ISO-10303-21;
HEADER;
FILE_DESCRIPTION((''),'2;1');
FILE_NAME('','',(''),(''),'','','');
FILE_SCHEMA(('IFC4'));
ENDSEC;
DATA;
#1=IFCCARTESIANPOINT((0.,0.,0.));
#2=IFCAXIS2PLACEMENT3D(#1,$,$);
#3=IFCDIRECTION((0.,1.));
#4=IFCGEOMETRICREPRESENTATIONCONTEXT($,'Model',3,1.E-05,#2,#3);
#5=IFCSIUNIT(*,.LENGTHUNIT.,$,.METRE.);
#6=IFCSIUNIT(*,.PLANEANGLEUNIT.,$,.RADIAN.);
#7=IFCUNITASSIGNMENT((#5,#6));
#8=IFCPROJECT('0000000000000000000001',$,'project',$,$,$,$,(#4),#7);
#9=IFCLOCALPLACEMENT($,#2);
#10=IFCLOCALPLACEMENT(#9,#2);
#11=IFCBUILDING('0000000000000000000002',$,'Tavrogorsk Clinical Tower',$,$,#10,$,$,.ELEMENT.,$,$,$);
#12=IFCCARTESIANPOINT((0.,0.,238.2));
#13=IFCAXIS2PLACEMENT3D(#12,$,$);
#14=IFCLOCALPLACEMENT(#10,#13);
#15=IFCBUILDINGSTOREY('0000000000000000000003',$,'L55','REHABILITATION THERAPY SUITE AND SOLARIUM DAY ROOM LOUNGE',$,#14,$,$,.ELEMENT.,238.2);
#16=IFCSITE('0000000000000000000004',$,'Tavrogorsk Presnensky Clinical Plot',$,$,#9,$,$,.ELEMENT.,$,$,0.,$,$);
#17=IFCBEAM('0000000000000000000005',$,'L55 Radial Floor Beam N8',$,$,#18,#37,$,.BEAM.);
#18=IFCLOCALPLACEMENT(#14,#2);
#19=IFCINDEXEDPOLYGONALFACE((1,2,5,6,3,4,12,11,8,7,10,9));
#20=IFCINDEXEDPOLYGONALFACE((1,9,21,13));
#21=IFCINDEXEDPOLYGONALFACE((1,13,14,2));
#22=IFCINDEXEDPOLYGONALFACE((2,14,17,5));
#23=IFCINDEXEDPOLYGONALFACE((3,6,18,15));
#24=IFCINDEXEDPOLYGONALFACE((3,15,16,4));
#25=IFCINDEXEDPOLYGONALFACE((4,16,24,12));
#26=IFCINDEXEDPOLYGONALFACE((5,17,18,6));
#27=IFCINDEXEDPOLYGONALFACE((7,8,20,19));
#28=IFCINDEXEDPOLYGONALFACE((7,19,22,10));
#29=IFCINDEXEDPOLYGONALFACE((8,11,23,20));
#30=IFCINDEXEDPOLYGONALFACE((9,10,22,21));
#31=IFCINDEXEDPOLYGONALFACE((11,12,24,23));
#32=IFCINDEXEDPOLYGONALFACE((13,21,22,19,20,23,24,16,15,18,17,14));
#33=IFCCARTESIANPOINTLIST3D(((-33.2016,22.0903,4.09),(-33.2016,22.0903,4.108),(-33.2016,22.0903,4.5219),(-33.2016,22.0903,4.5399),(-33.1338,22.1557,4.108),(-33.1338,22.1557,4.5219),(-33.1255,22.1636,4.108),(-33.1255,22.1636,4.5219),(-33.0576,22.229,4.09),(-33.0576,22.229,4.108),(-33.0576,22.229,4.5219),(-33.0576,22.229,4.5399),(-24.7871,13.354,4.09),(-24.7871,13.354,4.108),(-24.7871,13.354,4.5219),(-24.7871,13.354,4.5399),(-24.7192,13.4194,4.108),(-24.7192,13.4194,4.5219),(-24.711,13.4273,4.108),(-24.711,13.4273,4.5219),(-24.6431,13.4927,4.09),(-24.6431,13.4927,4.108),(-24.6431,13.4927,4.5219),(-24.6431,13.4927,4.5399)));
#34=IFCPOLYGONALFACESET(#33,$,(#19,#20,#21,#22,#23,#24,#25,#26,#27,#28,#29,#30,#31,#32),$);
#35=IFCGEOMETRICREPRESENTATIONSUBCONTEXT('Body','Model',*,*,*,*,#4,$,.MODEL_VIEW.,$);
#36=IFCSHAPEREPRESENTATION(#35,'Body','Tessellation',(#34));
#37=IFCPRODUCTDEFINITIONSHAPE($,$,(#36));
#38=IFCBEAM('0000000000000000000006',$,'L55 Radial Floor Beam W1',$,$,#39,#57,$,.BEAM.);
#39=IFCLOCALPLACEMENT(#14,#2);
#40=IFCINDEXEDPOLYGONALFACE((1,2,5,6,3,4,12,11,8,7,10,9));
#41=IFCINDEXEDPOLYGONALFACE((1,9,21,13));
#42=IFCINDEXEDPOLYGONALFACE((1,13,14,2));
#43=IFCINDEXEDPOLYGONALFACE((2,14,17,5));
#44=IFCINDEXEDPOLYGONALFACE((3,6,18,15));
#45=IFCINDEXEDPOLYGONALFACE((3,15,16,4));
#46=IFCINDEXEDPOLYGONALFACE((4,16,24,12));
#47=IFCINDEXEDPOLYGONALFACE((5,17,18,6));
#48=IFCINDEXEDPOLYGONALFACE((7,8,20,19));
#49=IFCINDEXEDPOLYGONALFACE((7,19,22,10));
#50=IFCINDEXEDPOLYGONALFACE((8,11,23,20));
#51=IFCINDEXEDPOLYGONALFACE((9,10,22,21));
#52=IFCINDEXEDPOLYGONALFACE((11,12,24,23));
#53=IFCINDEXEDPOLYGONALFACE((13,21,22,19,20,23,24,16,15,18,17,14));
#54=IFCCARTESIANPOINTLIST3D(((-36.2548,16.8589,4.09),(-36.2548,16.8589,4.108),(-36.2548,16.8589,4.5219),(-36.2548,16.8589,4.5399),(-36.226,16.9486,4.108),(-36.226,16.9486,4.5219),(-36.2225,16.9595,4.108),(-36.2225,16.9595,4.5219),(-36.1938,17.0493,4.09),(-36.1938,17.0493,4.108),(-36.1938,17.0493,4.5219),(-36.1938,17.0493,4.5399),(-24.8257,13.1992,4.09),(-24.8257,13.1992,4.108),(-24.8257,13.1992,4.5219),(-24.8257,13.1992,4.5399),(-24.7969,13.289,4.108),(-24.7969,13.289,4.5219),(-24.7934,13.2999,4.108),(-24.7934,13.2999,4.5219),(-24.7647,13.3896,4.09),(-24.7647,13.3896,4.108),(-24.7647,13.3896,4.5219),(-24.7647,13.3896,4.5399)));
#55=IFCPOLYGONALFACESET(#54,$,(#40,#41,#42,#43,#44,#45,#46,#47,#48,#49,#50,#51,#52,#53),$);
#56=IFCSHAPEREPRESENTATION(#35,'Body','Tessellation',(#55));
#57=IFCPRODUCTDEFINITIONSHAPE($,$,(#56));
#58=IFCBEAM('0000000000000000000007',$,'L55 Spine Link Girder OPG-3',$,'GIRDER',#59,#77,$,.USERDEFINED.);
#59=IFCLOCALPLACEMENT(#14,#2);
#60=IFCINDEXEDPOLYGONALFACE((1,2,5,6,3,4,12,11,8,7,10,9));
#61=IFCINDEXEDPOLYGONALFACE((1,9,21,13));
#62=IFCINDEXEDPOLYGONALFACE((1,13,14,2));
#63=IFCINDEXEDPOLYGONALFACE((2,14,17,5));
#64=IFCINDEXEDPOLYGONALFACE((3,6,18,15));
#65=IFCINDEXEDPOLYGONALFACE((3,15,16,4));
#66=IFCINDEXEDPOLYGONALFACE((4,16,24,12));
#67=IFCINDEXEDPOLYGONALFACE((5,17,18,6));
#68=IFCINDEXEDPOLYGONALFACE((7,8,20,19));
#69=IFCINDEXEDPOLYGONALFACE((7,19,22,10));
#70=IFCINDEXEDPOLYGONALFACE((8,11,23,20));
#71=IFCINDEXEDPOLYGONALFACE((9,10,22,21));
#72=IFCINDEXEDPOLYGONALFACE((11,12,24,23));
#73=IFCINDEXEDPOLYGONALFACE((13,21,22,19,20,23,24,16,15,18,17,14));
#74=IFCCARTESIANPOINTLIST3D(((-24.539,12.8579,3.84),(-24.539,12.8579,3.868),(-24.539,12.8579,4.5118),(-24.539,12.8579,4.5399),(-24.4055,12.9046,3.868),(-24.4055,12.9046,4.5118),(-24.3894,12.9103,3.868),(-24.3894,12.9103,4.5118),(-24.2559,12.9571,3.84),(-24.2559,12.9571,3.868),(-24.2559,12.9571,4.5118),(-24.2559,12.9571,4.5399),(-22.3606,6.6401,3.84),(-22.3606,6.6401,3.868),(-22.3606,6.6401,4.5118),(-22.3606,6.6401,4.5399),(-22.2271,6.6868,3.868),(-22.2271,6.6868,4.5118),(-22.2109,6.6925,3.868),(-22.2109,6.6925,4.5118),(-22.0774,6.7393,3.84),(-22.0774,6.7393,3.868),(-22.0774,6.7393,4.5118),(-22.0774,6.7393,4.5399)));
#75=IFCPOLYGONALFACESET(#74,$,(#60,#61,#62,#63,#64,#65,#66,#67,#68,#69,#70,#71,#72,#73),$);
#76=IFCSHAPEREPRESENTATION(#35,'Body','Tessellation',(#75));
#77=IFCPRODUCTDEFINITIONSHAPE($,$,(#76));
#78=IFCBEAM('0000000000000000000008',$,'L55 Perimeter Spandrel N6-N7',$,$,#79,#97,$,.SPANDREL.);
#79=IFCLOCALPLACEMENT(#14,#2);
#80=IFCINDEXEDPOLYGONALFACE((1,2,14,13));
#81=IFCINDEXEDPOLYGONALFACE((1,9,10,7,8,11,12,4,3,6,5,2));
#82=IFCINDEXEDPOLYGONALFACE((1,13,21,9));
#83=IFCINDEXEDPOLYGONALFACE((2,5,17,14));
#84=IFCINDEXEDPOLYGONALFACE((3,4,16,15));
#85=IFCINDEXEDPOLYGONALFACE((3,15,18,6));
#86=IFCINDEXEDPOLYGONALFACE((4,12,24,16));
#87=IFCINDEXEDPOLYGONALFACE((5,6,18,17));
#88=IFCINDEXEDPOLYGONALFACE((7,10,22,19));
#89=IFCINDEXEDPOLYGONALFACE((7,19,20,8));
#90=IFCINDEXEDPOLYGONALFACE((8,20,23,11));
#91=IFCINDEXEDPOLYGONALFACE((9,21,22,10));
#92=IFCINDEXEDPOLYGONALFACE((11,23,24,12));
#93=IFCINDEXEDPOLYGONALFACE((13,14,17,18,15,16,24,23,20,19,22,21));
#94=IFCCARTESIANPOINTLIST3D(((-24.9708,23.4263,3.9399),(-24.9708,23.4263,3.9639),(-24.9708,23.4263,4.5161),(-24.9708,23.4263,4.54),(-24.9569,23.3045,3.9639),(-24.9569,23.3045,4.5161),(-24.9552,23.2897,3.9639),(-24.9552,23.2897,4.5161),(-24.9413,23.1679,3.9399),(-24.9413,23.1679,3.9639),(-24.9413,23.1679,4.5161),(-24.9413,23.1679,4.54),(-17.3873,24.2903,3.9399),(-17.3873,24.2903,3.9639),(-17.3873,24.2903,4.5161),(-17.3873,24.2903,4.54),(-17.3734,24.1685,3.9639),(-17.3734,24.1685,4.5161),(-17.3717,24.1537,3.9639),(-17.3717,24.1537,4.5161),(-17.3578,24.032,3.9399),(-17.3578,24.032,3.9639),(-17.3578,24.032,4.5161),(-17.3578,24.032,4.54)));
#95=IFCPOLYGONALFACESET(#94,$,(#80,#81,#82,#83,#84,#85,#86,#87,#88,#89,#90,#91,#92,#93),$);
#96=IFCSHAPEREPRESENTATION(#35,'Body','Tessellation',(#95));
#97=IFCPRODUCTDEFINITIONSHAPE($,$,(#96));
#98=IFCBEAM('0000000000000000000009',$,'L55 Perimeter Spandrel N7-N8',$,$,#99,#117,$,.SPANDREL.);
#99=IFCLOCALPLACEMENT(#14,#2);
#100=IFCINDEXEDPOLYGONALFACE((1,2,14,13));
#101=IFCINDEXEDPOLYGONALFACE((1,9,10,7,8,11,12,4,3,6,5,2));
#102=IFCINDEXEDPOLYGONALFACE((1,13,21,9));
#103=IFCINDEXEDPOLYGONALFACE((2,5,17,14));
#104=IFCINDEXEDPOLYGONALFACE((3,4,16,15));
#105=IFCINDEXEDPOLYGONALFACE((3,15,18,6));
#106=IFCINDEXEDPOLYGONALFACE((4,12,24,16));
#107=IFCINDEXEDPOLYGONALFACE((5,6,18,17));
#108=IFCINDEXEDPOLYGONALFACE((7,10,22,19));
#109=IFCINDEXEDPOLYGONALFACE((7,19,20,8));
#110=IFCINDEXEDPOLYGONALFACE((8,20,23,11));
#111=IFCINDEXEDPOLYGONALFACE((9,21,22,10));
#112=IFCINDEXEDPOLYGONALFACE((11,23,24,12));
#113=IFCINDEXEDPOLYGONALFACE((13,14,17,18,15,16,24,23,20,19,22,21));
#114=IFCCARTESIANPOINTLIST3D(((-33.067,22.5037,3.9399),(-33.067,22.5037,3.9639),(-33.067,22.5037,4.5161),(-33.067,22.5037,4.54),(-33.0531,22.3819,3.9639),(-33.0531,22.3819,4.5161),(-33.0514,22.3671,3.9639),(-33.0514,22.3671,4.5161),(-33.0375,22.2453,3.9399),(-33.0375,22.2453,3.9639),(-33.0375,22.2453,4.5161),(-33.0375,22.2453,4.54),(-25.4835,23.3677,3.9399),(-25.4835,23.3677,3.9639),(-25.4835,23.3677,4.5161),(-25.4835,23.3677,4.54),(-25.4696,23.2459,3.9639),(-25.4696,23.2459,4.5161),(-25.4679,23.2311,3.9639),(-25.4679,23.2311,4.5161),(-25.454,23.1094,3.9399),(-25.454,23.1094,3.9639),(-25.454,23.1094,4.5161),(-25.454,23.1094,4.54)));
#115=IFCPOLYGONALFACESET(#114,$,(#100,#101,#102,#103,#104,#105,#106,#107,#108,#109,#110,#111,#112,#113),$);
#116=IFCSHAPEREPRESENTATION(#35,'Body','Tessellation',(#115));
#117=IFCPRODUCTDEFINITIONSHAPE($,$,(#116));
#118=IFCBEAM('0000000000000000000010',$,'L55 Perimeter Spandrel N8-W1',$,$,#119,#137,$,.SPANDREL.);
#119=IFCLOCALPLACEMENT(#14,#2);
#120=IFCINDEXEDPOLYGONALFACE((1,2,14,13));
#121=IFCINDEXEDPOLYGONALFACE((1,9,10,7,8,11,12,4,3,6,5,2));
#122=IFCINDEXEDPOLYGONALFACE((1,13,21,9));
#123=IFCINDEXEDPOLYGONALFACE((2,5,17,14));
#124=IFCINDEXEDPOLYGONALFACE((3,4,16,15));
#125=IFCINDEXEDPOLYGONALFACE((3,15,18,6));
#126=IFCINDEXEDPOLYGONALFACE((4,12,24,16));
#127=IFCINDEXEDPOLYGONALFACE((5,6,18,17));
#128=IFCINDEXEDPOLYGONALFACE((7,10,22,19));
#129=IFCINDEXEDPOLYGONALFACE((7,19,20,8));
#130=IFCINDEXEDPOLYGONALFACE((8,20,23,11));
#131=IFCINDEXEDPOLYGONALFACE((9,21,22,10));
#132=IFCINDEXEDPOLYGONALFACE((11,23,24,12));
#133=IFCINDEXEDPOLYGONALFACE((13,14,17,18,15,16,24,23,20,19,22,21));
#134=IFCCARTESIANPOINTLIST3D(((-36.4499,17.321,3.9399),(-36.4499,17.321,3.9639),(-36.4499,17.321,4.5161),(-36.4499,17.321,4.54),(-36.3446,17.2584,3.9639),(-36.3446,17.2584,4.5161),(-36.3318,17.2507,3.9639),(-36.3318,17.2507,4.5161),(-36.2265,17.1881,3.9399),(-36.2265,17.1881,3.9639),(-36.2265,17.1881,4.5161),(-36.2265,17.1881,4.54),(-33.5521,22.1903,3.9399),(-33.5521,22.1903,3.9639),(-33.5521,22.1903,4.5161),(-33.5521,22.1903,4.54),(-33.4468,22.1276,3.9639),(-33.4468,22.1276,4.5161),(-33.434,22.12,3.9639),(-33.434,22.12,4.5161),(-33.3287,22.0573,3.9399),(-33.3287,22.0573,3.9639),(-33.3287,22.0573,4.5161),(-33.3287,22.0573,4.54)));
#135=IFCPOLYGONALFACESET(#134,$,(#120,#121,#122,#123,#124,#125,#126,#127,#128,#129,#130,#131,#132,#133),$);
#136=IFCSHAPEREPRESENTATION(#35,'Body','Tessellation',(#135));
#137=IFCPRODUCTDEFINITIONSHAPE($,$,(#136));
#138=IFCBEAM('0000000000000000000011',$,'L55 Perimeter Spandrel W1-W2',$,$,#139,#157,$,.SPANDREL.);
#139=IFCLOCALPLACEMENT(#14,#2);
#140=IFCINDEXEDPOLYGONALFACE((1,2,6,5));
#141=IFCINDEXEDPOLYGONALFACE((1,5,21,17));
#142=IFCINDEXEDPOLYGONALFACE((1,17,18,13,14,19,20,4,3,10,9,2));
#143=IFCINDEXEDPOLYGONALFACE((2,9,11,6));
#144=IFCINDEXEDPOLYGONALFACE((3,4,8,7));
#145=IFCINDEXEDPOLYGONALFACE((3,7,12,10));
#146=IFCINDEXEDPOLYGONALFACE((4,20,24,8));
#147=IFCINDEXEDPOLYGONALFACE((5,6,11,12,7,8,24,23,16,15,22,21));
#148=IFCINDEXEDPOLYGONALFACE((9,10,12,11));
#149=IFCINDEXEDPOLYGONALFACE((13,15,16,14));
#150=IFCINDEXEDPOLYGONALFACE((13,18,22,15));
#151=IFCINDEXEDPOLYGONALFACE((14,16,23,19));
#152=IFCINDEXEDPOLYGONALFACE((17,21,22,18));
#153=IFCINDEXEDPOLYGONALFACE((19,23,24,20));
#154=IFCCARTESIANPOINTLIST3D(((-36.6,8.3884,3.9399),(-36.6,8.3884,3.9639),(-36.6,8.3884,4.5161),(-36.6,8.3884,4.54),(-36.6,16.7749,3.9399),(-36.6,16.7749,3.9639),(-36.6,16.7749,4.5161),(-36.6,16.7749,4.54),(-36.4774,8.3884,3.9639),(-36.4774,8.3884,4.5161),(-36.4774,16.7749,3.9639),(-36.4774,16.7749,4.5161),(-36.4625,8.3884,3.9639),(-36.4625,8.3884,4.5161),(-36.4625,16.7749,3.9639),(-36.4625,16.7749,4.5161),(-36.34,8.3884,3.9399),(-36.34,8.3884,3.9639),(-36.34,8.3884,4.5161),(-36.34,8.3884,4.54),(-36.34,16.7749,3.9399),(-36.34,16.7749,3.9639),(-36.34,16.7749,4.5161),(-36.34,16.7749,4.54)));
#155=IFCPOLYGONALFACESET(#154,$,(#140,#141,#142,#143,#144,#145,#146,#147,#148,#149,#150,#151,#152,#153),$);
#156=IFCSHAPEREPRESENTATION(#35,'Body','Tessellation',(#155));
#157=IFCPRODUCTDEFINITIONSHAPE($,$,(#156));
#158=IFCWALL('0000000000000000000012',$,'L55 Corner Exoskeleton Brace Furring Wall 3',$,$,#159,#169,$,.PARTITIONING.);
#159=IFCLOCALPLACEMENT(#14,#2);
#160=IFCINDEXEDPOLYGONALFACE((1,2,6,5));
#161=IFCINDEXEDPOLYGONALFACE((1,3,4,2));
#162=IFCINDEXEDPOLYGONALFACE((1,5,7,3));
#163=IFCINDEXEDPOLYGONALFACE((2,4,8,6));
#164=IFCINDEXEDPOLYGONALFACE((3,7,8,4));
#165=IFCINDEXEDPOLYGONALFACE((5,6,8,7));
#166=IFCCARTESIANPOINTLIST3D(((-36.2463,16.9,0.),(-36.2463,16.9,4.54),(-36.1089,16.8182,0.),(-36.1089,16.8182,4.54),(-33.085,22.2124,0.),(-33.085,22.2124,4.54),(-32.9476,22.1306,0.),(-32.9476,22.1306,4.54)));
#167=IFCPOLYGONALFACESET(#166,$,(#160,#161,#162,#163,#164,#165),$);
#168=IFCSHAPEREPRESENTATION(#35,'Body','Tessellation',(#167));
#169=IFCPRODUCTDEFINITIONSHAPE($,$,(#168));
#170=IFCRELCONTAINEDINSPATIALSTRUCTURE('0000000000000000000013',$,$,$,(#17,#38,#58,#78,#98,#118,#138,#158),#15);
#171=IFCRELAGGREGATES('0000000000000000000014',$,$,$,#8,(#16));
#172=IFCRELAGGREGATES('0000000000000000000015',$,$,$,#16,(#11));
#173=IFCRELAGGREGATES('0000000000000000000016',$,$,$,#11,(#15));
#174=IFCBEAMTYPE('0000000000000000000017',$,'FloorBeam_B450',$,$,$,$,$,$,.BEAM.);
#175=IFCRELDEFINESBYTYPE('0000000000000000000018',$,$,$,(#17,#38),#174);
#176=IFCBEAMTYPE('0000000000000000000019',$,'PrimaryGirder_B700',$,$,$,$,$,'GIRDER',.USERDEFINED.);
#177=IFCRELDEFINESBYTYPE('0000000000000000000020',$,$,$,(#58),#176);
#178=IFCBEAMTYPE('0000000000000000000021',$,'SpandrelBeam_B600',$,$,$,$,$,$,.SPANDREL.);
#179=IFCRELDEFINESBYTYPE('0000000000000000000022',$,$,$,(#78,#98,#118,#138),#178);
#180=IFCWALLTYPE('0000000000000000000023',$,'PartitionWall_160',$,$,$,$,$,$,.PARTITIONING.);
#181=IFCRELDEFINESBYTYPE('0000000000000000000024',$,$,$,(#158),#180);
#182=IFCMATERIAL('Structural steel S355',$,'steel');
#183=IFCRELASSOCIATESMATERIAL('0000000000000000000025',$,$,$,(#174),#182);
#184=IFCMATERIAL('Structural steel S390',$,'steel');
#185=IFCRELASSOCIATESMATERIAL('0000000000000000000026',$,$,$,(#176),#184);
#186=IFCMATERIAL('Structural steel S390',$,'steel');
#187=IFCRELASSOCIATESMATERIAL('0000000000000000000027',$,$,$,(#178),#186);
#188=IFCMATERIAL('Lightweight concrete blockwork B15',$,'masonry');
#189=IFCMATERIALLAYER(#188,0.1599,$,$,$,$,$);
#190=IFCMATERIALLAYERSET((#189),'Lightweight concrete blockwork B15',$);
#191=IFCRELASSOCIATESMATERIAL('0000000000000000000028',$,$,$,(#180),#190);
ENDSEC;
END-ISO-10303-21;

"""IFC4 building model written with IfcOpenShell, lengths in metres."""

from ifc_helpers import new_model, si_unit, direction, frame, frame_2d, origin, origin_2d, place, context, subcontext, project, spatial, rectangle, i_section, extrude, material, layer, layer_set, material_profile, profile_set, type_object, element, save


model = new_model("IFC4")

# Units and contexts
model_context = context("Model", 3, precision=1e-05, world=origin(), true_north=direction((0.0, 1.0)))
body_context = subcontext(model_context, "Body", "Model", "MODEL_VIEW")
ifc_project = project(units=[si_unit("LENGTHUNIT", "METRE"), si_unit("PLANEANGLEUNIT", "RADIAN")], contexts=[model_context])

# Site, building, storey
site_placement = place(None, origin())
site = spatial("IfcSite", under=ifc_project, at=site_placement, Name="Tavrogorsk Presnensky Clinical Plot", CompositionType="ELEMENT", RefElevation=0.0)
building_placement = place(site_placement, origin())
building = spatial("IfcBuilding", under=site, at=building_placement, Name="Tavrogorsk Clinical Tower", CompositionType="ELEMENT")
storey_placement = place(building_placement, frame((0.0, 0.0, 238.2)))
storey = spatial("IfcBuildingStorey", under=building, at=storey_placement, Name="L55", Description="REHABILITATION THERAPY SUITE AND SOLARIUM DAY ROOM LOUNGE", CompositionType="ELEMENT", Elevation=238.2)

# Beams
ifc_material_1 = material(Name="Structural steel S355", Category="steel")
ifc_material_profile_1 = material_profile(ifc_material_1, i_section(OverallWidth=0.2, OverallDepth=0.45, WebThickness=0.0115, FlangeThickness=0.0181, at=origin_2d()), Name="B-450x200x11.5x18")
ifc_profile_set_1 = profile_set([ifc_material_profile_1], Name="Structural steel S355")
beam_type_1 = type_object("IfcBeamType", Name="FloorBeam_B450", PredefinedType="BEAM", material=ifc_profile_set_1)
beam_1_placement = place(storey_placement, frame((-24.7151, 13.4233, 4.3149), z_axis=(-0.693718, 0.720246, 0.0), x_axis=(-0.720246, -0.693718, 0.0)))
element("IfcBeam", 1, at=beam_1_placement, inside=storey, type_object=beam_type_1, Name="L55 Radial Floor Beam N8", PredefinedType="BEAM", context=body_context, shape_type="SweptSolid", body=[
    extrude(i_section(OverallWidth=0.2, OverallDepth=0.45, WebThickness=0.0115, FlangeThickness=0.0181, at=origin_2d()), origin(), (0.0, 0.0, 1.0), 12.1296),
])
beam_2_placement = place(storey_placement, frame((-24.7952, 13.2944, 4.3149), z_axis=(-0.952368, 0.304951, 0.0), x_axis=(-0.304951, -0.952368, 0.0)))
element("IfcBeam", 2, at=beam_2_placement, inside=storey, type_object=beam_type_1, Name="L55 Radial Floor Beam W1", PredefinedType="BEAM", context=body_context, shape_type="SweptSolid", body=[
    extrude(i_section(OverallWidth=0.2, OverallDepth=0.45, WebThickness=0.0115, FlangeThickness=0.0181, at=origin_2d()), origin(), (0.0, 0.0, 1.0), 12.0007),
])
ifc_material_2 = material(Name="Structural steel S390", Category="steel")
ifc_material_profile_2 = material_profile(ifc_material_2, i_section(OverallWidth=0.3, OverallDepth=0.7, WebThickness=0.0171, FlangeThickness=0.0281, at=origin_2d()), Name="B-700x300x17x28")
ifc_profile_set_2 = profile_set([ifc_material_profile_2], Name="Structural steel S390")
beam_type_2 = type_object("IfcBeamType", Name="PrimaryGirder_B700", ElementType="GIRDER", PredefinedType="USERDEFINED", material=ifc_profile_set_2)
beam_3_placement = place(storey_placement, frame((-24.3975, 12.9075, 4.1899), z_axis=(0.330654, -0.943752, 0.0), x_axis=(0.943752, 0.330654, 0.0)))
element("IfcBeam", 3, at=beam_3_placement, inside=storey, type_object=beam_type_2, Name="L55 Spine Link Girder OPG-3", ObjectType="GIRDER", PredefinedType="USERDEFINED", context=body_context, shape_type="SweptSolid", body=[
    extrude(i_section(OverallWidth=0.3, OverallDepth=0.7, WebThickness=0.0171, FlangeThickness=0.0281, at=origin_2d()), origin(), (0.0, 0.0, 1.0), 6.5884),
])
ifc_material_3 = material(Name="Structural steel S390", Category="steel")
ifc_material_profile_3 = material_profile(ifc_material_3, i_section(OverallWidth=0.26, OverallDepth=0.6001, WebThickness=0.0149, FlangeThickness=0.0239, at=origin_2d()), Name="B-600x260x15x24")
ifc_profile_set_3 = profile_set([ifc_material_profile_3], Name="Structural steel S390")
beam_type_3 = type_object("IfcBeamType", Name="SpandrelBeam_B600", PredefinedType="SPANDREL", material=ifc_profile_set_3)
for number, where, z_axis, x_axis, name in (
    (4, (-17.3726, 24.1611, 4.24), (-0.993572, -0.113201, 0.0), (0.113201, -0.993572, 0.0), "L55 Perimeter Spandrel N6-N7"),
    (5, (-25.4688, 23.2385, 4.24), (-0.993572, -0.113201, 0.0), (0.113201, -0.993572, 0.0), "L55 Perimeter Spandrel N7-N8"),
):
    element("IfcBeam", number, at=place(storey_placement, frame(where, z_axis=z_axis, x_axis=x_axis)), inside=storey, type_object=beam_type_3, Name=name, PredefinedType="SPANDREL", context=body_context, shape_type="SweptSolid", body=[
        extrude(i_section(OverallWidth=0.26, OverallDepth=0.6001, WebThickness=0.0149, FlangeThickness=0.0239, at=origin_2d()), origin(), (0.0, 0.0, 1.0), 7.6326),
    ])
beam_4_placement = place(storey_placement, frame((-33.4404, 22.1238, 4.24), z_axis=(-0.511407, -0.859339, 0.0), x_axis=(0.859339, -0.511407, 0.0)))
element("IfcBeam", 6, at=beam_4_placement, inside=storey, type_object=beam_type_3, Name="L55 Perimeter Spandrel N8-W1", PredefinedType="SPANDREL", context=body_context, shape_type="SweptSolid", body=[
    extrude(i_section(OverallWidth=0.26, OverallDepth=0.6001, WebThickness=0.0149, FlangeThickness=0.0239, at=origin_2d()), origin(), (0.0, 0.0, 1.0), 5.6663),
])
beam_5_placement = place(storey_placement, frame((-36.47, 16.7749, 4.24), z_axis=(0.0, -1.0, 0.0), x_axis=(1.0, 0.0, 0.0)))
element("IfcBeam", 7, at=beam_5_placement, inside=storey, type_object=beam_type_3, Name="L55 Perimeter Spandrel W1-W2", PredefinedType="SPANDREL", context=body_context, shape_type="SweptSolid", body=[
    extrude(i_section(OverallWidth=0.26, OverallDepth=0.6001, WebThickness=0.0149, FlangeThickness=0.0239, at=origin_2d()), origin(), (0.0, 0.0, 1.0), 8.3865),
])

# Wall
ifc_material_4 = material(Name="Lightweight concrete blockwork B15", Category="masonry")
ifc_layer_1 = layer(ifc_material_4, 0.1599)
ifc_layer_set_1 = layer_set([ifc_layer_1], Name="Lightweight concrete blockwork B15")
wall_type_1 = type_object("IfcWallType", Name="PartitionWall_160", PredefinedType="PARTITIONING", material=ifc_layer_set_1)
wall_1_placement = place(storey_placement, frame((-33.0164, 22.1714, 0.0), z_axis=(0.0, 0.0, 1.0), x_axis=(-0.511385, -0.859352, 0.0)))
element("IfcWall", 8, at=wall_1_placement, inside=storey, type_object=wall_type_1, Name="L55 Corner Exoskeleton Brace Furring Wall 3", PredefinedType="PARTITIONING", context=body_context, shape_type="SweptSolid", body=[
    extrude(rectangle(XDim=6.1819, YDim=0.1599, at=frame_2d((3.0908, 0.0))), origin(), (0.0, 0.0, 1.0), 4.54),
])

save(model, "model.ifc")
